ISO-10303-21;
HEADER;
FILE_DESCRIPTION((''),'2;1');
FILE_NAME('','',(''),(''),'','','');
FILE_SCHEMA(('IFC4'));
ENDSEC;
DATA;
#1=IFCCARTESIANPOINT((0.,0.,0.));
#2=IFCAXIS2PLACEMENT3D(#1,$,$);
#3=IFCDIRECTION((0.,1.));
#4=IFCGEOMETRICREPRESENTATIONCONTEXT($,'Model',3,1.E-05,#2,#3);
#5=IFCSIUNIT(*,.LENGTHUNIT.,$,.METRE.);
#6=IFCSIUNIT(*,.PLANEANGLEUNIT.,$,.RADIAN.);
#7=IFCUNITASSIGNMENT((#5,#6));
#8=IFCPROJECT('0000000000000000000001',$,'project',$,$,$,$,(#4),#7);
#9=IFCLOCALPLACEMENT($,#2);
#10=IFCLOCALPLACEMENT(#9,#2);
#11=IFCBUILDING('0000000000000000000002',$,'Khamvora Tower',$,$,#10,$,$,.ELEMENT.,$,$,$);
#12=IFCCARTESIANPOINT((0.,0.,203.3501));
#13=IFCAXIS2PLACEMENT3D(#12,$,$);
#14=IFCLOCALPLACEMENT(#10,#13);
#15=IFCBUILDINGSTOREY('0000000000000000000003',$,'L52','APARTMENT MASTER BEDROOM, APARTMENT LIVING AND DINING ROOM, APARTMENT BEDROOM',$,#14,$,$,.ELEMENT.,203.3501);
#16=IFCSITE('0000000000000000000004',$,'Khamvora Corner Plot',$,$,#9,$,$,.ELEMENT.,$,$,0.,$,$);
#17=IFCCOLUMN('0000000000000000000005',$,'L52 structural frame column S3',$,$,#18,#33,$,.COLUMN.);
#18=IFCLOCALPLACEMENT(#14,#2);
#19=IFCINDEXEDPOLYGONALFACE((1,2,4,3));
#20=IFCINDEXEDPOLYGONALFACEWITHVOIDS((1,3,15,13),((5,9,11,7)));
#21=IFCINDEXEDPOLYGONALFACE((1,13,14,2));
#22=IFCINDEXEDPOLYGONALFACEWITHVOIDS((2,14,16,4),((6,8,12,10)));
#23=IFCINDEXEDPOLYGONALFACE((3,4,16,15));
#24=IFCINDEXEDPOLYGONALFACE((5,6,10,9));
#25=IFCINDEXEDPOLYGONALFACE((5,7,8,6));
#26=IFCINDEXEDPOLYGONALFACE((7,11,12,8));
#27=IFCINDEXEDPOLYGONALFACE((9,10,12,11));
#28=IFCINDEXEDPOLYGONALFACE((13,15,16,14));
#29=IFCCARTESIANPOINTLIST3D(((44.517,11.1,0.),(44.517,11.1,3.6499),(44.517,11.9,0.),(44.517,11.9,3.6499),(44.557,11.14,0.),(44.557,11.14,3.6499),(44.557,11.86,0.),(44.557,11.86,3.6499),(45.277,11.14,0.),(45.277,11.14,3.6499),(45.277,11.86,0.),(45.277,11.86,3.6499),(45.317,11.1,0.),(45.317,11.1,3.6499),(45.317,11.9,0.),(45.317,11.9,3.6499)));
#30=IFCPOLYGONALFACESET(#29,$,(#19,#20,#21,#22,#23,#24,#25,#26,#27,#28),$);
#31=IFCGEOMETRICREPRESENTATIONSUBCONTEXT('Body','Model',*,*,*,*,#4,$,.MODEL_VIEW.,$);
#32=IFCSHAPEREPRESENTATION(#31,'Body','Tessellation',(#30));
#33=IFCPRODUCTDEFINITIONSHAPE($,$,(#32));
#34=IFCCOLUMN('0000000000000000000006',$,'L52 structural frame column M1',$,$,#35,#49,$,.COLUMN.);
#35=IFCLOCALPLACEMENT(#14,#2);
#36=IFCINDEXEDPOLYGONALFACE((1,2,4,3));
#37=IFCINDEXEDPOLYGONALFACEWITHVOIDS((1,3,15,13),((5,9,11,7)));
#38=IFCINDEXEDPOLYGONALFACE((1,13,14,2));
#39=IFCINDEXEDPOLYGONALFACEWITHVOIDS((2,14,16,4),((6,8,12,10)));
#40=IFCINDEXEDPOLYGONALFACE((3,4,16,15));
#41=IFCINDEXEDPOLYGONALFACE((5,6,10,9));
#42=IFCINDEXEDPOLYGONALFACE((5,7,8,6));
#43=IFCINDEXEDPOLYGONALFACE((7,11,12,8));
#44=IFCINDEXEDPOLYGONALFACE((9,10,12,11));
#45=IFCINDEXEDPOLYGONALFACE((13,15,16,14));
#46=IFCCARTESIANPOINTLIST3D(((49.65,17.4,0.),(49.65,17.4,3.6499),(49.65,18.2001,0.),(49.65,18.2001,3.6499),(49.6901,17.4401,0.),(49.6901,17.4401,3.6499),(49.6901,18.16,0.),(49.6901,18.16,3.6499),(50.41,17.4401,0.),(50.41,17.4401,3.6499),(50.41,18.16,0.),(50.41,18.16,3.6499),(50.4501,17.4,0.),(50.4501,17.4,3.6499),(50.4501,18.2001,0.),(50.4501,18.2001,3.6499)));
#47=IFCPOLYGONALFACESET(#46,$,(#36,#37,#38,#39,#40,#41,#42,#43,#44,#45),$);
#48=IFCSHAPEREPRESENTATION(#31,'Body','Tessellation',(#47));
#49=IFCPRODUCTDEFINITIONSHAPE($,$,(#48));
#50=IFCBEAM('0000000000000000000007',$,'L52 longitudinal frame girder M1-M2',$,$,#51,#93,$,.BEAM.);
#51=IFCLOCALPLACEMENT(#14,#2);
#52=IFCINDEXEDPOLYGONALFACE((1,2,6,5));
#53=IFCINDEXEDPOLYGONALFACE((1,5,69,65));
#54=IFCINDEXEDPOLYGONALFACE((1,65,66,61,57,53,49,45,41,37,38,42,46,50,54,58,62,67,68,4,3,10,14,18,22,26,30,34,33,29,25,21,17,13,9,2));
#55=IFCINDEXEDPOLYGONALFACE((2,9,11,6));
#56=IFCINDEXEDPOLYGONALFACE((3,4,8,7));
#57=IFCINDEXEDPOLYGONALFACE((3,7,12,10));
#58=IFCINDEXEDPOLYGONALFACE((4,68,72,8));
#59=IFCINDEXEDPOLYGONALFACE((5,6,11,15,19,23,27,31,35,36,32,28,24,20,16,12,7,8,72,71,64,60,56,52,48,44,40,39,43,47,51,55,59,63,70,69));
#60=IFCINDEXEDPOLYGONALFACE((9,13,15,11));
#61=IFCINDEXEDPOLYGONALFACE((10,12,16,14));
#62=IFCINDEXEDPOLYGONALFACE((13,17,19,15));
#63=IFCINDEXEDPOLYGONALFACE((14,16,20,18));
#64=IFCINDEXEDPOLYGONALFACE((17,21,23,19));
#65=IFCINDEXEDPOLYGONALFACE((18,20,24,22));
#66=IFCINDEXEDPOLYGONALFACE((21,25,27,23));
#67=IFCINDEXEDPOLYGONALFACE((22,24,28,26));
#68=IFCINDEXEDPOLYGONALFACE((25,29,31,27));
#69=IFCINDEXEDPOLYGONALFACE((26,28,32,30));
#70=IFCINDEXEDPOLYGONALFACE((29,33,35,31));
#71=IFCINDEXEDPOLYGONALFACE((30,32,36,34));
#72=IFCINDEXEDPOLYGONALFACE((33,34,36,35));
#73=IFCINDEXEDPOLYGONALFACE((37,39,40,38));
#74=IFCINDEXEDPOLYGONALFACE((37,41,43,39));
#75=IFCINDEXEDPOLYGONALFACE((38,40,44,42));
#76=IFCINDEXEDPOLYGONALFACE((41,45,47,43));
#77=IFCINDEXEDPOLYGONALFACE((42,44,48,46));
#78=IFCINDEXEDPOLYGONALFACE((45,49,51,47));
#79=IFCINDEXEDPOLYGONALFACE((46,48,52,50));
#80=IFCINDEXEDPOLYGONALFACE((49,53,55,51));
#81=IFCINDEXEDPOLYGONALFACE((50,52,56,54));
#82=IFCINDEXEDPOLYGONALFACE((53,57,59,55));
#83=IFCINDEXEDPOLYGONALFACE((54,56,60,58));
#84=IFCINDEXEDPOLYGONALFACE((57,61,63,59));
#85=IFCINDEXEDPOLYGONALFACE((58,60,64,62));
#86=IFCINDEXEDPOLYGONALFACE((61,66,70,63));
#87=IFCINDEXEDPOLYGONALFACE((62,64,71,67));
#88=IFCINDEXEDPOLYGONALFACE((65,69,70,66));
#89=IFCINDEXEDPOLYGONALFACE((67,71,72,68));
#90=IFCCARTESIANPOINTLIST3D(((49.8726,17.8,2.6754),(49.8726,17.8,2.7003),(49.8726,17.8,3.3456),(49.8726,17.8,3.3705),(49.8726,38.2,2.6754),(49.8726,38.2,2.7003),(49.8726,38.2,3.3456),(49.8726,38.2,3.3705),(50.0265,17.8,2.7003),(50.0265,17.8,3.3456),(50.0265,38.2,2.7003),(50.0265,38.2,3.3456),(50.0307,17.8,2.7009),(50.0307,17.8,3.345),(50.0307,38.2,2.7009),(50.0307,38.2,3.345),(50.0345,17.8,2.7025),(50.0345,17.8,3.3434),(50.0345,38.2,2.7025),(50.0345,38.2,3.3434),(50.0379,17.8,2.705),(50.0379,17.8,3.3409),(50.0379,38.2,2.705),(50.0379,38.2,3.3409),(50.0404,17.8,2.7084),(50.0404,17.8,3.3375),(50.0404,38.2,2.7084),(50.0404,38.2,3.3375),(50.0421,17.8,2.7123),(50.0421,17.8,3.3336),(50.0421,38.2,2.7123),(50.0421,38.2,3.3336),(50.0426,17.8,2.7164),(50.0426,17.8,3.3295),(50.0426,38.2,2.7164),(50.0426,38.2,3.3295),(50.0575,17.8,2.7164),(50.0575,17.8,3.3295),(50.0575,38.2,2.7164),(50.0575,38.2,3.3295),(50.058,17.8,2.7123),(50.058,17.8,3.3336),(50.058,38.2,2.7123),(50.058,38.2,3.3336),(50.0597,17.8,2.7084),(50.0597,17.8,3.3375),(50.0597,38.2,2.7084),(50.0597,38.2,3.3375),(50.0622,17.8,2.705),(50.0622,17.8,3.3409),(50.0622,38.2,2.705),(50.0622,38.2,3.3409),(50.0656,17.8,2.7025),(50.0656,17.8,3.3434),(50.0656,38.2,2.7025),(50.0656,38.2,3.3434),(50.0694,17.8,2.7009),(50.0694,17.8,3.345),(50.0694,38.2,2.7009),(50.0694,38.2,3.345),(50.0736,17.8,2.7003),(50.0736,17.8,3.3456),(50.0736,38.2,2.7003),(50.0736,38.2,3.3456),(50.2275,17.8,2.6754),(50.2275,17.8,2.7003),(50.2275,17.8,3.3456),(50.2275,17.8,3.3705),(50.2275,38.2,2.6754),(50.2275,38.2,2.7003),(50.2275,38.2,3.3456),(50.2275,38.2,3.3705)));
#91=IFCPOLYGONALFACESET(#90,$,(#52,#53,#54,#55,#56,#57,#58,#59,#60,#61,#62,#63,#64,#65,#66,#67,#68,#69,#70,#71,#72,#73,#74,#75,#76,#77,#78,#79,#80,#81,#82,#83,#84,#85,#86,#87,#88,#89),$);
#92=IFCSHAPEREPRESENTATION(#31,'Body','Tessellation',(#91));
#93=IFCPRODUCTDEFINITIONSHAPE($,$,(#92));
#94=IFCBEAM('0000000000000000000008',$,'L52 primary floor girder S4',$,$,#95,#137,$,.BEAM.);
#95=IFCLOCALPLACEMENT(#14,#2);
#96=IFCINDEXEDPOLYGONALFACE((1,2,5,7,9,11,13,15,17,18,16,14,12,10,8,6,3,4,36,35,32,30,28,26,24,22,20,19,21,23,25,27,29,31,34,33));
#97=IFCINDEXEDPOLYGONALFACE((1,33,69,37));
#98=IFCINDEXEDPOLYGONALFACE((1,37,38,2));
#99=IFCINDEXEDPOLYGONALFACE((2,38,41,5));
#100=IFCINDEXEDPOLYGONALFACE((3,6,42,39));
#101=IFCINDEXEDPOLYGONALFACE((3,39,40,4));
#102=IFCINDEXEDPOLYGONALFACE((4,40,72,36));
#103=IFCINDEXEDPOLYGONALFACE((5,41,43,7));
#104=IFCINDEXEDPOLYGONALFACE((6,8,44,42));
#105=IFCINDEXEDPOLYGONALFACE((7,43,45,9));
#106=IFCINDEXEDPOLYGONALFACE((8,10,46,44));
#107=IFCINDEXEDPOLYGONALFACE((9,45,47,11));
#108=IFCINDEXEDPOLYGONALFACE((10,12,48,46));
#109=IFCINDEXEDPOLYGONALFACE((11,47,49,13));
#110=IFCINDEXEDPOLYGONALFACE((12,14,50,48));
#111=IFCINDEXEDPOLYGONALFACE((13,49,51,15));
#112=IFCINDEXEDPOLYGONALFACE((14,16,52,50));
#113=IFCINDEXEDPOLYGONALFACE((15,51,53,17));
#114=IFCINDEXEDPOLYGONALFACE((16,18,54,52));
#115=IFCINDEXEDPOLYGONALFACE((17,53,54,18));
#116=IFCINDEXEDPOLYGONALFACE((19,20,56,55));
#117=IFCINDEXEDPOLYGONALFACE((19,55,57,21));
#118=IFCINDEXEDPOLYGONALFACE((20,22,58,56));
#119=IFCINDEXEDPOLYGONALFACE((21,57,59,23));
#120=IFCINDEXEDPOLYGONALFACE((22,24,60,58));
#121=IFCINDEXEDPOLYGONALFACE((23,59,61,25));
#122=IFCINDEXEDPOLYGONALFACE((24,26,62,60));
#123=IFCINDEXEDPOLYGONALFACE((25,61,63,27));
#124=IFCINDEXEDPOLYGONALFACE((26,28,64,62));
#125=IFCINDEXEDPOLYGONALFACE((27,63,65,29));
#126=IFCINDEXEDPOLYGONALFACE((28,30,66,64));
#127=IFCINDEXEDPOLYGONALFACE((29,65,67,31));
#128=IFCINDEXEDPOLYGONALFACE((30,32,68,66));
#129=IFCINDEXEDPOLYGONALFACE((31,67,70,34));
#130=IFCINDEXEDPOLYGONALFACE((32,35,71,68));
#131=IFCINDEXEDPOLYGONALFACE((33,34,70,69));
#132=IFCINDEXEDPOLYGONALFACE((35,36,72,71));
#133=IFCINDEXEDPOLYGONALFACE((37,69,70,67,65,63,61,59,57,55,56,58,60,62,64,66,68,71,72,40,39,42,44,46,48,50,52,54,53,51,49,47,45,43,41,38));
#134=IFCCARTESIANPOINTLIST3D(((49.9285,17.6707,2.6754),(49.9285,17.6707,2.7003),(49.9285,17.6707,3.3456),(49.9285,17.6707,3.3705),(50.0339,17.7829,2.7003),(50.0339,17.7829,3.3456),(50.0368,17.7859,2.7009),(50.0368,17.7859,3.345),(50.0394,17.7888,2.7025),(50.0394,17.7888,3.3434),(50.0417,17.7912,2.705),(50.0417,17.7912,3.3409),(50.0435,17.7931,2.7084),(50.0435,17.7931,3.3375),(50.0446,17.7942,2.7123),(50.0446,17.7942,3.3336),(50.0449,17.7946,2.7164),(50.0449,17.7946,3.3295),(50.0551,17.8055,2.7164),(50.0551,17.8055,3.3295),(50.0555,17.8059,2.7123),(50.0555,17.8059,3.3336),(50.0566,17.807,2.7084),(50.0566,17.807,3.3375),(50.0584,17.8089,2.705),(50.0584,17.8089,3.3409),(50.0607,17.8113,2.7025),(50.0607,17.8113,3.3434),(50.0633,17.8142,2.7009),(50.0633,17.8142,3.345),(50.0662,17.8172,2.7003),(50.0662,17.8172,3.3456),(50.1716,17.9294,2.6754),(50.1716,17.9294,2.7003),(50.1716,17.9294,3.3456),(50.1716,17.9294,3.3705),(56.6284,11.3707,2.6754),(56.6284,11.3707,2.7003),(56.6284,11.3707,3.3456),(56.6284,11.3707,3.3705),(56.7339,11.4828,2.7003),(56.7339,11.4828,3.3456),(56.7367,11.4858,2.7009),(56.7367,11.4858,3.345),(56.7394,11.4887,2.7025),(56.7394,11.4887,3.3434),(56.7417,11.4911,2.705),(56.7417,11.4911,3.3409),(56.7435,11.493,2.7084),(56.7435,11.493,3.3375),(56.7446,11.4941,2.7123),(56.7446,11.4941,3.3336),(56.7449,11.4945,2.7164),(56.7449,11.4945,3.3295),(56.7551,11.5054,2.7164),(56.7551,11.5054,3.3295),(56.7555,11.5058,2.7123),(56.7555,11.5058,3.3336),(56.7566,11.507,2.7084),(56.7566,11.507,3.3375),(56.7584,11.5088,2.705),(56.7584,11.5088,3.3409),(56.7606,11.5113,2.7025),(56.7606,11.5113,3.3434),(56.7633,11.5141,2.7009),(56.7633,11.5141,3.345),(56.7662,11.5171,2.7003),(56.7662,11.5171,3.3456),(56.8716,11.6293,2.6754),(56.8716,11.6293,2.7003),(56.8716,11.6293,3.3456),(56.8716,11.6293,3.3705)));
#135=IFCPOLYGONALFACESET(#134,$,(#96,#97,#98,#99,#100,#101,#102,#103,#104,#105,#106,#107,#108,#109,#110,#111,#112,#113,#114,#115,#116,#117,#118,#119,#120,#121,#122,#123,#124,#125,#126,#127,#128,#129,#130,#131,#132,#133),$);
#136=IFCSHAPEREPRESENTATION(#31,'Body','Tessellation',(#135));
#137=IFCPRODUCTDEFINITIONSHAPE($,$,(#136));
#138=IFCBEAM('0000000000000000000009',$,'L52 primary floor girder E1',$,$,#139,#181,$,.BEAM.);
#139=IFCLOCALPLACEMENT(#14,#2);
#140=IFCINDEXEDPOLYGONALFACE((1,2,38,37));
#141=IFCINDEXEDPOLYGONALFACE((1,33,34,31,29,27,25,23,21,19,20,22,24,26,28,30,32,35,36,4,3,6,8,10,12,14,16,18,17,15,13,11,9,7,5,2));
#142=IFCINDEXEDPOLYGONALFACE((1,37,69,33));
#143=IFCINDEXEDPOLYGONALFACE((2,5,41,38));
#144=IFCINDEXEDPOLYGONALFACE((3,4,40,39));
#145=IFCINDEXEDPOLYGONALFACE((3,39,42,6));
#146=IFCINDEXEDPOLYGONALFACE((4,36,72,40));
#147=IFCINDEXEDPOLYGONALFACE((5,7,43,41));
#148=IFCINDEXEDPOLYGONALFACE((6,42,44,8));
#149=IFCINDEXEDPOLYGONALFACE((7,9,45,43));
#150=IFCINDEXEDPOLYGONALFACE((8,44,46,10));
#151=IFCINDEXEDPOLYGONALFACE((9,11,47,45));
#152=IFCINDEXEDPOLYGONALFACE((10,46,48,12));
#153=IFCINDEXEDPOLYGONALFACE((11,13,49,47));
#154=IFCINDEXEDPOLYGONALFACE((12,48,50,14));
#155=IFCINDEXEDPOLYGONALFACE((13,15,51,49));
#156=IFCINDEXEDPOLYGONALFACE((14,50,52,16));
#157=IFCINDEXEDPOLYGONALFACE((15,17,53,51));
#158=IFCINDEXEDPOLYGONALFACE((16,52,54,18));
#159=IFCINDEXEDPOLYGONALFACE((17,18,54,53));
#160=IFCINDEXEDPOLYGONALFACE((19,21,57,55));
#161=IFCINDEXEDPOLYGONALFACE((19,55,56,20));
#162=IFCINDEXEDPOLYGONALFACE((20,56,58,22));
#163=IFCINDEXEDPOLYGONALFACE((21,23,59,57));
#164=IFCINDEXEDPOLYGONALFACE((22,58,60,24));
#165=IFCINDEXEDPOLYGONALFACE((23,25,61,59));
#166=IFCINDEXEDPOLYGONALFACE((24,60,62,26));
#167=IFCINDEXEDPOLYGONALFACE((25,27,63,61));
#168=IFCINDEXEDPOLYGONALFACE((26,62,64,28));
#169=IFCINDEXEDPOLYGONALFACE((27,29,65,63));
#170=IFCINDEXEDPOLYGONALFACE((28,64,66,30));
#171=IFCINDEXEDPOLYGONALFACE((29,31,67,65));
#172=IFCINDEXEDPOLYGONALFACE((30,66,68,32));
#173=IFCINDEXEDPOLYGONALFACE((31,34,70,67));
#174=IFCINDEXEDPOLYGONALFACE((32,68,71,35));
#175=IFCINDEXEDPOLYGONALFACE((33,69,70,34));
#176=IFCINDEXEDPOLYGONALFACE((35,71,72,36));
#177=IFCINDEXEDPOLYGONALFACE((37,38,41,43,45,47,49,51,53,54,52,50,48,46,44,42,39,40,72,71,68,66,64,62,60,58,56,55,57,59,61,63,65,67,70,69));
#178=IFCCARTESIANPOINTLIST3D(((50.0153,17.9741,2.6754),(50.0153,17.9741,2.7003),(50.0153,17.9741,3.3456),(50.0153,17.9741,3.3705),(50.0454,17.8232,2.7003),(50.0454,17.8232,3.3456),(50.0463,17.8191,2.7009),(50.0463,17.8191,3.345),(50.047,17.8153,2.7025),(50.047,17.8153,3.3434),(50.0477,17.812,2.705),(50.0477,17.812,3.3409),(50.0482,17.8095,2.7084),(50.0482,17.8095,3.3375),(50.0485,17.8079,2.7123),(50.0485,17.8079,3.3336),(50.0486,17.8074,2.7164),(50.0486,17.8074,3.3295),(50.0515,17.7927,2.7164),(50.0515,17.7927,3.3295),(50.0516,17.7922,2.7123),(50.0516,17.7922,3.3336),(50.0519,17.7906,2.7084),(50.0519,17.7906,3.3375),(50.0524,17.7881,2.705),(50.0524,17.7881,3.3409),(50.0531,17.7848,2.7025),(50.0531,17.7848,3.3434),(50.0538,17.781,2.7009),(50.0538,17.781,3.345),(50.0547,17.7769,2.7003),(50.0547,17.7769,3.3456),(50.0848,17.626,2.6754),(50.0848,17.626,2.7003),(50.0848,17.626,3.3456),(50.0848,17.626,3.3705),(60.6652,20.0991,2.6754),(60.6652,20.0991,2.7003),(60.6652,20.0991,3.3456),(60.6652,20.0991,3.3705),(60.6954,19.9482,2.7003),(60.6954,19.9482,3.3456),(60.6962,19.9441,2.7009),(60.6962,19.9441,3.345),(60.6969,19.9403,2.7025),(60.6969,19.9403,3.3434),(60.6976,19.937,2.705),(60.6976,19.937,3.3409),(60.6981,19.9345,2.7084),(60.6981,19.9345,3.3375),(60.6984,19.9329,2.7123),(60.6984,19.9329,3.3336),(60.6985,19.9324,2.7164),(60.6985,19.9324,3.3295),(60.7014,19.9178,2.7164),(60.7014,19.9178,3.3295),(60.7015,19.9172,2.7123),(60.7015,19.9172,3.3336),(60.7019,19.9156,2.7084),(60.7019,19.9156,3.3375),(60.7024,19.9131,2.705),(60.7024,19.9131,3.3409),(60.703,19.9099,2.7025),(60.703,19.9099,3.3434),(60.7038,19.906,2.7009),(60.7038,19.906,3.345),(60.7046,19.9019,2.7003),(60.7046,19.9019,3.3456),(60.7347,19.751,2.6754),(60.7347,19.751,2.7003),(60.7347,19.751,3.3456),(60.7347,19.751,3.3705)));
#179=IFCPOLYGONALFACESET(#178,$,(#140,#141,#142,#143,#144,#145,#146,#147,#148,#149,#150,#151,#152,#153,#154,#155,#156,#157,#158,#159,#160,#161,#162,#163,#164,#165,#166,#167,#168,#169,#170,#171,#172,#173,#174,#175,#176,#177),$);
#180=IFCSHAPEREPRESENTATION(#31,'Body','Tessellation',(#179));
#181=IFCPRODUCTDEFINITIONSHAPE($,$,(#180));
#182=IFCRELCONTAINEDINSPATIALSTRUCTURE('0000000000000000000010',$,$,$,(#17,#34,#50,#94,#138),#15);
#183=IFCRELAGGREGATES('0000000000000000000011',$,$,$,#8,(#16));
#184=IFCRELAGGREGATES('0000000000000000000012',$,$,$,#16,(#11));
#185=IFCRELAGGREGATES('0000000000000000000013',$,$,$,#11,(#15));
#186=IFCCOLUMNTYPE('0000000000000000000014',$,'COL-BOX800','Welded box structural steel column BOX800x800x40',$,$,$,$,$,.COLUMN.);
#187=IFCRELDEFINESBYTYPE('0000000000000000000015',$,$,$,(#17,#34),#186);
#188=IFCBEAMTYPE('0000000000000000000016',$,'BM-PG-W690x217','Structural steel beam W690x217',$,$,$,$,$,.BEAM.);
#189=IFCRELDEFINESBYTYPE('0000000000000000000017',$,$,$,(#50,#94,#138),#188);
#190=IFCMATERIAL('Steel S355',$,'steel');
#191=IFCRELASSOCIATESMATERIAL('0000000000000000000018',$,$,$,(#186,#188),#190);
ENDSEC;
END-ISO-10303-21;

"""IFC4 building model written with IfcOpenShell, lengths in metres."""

from ifc_helpers import new_model, si_unit, direction, frame, origin, origin_2d, place, context, subcontext, project, spatial, hollow_rectangle, i_section, extrude, material, material_profile, profile_set, type_object, element, save


model = new_model("IFC4")

# Units and contexts
model_context = context("Model", 3, precision=1e-05, world=origin(), true_north=direction((0.0, 1.0)))
body_context = subcontext(model_context, "Body", "Model", "MODEL_VIEW")
ifc_project = project(units=[si_unit("LENGTHUNIT", "METRE"), si_unit("PLANEANGLEUNIT", "RADIAN")], contexts=[model_context])

# Site, building, storey
site_placement = place(None, origin())
site = spatial("IfcSite", under=ifc_project, at=site_placement, Name="Khamvora Corner Plot", CompositionType="ELEMENT", RefElevation=0.0)
building_placement = place(site_placement, origin())
building = spatial("IfcBuilding", under=site, at=building_placement, Name="Khamvora Tower", CompositionType="ELEMENT")
storey_placement = place(building_placement, frame((0.0, 0.0, 203.3501)))
storey = spatial("IfcBuildingStorey", under=building, at=storey_placement, Name="L52", Description="APARTMENT MASTER BEDROOM, APARTMENT LIVING AND DINING ROOM, APARTMENT BEDROOM", CompositionType="ELEMENT", Elevation=203.3501)

# Columns
ifc_material_1 = material(Name="Steel S355", Category="steel")
ifc_material_profile_1 = material_profile(ifc_material_1, hollow_rectangle(XDim=0.8, YDim=0.8, WallThickness=0.04, at=origin_2d()), Name="BOX800x800x40")
ifc_profile_set_1 = profile_set([ifc_material_profile_1], Name="Steel S355")
column_type = type_object("IfcColumnType", Name="COL-BOX800", Description="Welded box structural steel column BOX800x800x40", PredefinedType="COLUMN", material=ifc_profile_set_1)
for number, where, z_axis, x_axis, name in (
    (1, (44.917, 11.5, 0.0), (0.0, 0.0, 1.0), (1.0, 0.0, 0.0), "L52 structural frame column S3"),
    (2, (50.05, 17.8, 0.0), (0.0, 0.0, 1.0), (1.0, 0.0, 0.0), "L52 structural frame column M1"),
):
    element("IfcColumn", number, at=place(storey_placement, frame(where, z_axis=z_axis, x_axis=x_axis)), inside=storey, type_object=column_type, Name=name, PredefinedType="COLUMN", context=body_context, shape_type="SweptSolid", body=[
        extrude(hollow_rectangle(XDim=0.8, YDim=0.8, WallThickness=0.04, at=origin_2d()), origin(), (0.0, 0.0, 1.0), 3.6499),
    ])

# Beams
ifc_material_profile_2 = material_profile(ifc_material_1, i_section(OverallWidth=0.355, OverallDepth=0.6951, WebThickness=0.0149, FlangeThickness=0.0249, FilletRadius=0.0161, at=origin_2d()), Name="W690x217")
ifc_profile_set_2 = profile_set([ifc_material_profile_2], Name="Steel S355")
beam_type_1 = type_object("IfcBeamType", Name="BM-PG-W690x217", Description="Structural steel beam W690x217", PredefinedType="BEAM", material=ifc_profile_set_2)
beam_1_placement = place(storey_placement, frame((50.05, 17.8, 3.0229), z_axis=(0.0, 1.0, 0.0), x_axis=(-1.0, 0.0, 0.0)))
element("IfcBeam", 3, at=beam_1_placement, inside=storey, type_object=beam_type_1, Name="L52 longitudinal frame girder M1-M2", PredefinedType="BEAM", context=body_context, shape_type="SweptSolid", body=[
    extrude(i_section(OverallWidth=0.355, OverallDepth=0.6951, WebThickness=0.0149, FlangeThickness=0.0249, FilletRadius=0.0161, at=origin_2d()), origin(), (0.0, 0.0, 1.0), 20.3999),
])
beam_2_placement = place(storey_placement, frame((50.05, 17.8, 3.0229), z_axis=(0.728514, -0.685031, 0.0), x_axis=(0.685031, 0.728514, 0.0)))
element("IfcBeam", 4, at=beam_2_placement, inside=storey, type_object=beam_type_1, Name="L52 primary floor girder S4", PredefinedType="BEAM", context=body_context, shape_type="SweptSolid", body=[
    extrude(i_section(OverallWidth=0.355, OverallDepth=0.6951, WebThickness=0.0149, FlangeThickness=0.0249, FilletRadius=0.0161, at=origin_2d()), origin(), (0.0, 0.0, 1.0), 9.1968),
])
beam_3_placement = place(storey_placement, frame((50.05, 17.8, 3.0229), z_axis=(0.980669, 0.195675, 0.0), x_axis=(-0.195675, 0.980669, 0.0)))
element("IfcBeam", 5, at=beam_3_placement, inside=storey, type_object=beam_type_1, Name="L52 primary floor girder E1", PredefinedType="BEAM", context=body_context, shape_type="SweptSolid", body=[
    extrude(i_section(OverallWidth=0.355, OverallDepth=0.6951, WebThickness=0.0149, FlangeThickness=0.0249, FilletRadius=0.0161, at=origin_2d()), origin(), (0.0, 0.0, 1.0), 10.8599),
])

save(model, "model.ifc")
